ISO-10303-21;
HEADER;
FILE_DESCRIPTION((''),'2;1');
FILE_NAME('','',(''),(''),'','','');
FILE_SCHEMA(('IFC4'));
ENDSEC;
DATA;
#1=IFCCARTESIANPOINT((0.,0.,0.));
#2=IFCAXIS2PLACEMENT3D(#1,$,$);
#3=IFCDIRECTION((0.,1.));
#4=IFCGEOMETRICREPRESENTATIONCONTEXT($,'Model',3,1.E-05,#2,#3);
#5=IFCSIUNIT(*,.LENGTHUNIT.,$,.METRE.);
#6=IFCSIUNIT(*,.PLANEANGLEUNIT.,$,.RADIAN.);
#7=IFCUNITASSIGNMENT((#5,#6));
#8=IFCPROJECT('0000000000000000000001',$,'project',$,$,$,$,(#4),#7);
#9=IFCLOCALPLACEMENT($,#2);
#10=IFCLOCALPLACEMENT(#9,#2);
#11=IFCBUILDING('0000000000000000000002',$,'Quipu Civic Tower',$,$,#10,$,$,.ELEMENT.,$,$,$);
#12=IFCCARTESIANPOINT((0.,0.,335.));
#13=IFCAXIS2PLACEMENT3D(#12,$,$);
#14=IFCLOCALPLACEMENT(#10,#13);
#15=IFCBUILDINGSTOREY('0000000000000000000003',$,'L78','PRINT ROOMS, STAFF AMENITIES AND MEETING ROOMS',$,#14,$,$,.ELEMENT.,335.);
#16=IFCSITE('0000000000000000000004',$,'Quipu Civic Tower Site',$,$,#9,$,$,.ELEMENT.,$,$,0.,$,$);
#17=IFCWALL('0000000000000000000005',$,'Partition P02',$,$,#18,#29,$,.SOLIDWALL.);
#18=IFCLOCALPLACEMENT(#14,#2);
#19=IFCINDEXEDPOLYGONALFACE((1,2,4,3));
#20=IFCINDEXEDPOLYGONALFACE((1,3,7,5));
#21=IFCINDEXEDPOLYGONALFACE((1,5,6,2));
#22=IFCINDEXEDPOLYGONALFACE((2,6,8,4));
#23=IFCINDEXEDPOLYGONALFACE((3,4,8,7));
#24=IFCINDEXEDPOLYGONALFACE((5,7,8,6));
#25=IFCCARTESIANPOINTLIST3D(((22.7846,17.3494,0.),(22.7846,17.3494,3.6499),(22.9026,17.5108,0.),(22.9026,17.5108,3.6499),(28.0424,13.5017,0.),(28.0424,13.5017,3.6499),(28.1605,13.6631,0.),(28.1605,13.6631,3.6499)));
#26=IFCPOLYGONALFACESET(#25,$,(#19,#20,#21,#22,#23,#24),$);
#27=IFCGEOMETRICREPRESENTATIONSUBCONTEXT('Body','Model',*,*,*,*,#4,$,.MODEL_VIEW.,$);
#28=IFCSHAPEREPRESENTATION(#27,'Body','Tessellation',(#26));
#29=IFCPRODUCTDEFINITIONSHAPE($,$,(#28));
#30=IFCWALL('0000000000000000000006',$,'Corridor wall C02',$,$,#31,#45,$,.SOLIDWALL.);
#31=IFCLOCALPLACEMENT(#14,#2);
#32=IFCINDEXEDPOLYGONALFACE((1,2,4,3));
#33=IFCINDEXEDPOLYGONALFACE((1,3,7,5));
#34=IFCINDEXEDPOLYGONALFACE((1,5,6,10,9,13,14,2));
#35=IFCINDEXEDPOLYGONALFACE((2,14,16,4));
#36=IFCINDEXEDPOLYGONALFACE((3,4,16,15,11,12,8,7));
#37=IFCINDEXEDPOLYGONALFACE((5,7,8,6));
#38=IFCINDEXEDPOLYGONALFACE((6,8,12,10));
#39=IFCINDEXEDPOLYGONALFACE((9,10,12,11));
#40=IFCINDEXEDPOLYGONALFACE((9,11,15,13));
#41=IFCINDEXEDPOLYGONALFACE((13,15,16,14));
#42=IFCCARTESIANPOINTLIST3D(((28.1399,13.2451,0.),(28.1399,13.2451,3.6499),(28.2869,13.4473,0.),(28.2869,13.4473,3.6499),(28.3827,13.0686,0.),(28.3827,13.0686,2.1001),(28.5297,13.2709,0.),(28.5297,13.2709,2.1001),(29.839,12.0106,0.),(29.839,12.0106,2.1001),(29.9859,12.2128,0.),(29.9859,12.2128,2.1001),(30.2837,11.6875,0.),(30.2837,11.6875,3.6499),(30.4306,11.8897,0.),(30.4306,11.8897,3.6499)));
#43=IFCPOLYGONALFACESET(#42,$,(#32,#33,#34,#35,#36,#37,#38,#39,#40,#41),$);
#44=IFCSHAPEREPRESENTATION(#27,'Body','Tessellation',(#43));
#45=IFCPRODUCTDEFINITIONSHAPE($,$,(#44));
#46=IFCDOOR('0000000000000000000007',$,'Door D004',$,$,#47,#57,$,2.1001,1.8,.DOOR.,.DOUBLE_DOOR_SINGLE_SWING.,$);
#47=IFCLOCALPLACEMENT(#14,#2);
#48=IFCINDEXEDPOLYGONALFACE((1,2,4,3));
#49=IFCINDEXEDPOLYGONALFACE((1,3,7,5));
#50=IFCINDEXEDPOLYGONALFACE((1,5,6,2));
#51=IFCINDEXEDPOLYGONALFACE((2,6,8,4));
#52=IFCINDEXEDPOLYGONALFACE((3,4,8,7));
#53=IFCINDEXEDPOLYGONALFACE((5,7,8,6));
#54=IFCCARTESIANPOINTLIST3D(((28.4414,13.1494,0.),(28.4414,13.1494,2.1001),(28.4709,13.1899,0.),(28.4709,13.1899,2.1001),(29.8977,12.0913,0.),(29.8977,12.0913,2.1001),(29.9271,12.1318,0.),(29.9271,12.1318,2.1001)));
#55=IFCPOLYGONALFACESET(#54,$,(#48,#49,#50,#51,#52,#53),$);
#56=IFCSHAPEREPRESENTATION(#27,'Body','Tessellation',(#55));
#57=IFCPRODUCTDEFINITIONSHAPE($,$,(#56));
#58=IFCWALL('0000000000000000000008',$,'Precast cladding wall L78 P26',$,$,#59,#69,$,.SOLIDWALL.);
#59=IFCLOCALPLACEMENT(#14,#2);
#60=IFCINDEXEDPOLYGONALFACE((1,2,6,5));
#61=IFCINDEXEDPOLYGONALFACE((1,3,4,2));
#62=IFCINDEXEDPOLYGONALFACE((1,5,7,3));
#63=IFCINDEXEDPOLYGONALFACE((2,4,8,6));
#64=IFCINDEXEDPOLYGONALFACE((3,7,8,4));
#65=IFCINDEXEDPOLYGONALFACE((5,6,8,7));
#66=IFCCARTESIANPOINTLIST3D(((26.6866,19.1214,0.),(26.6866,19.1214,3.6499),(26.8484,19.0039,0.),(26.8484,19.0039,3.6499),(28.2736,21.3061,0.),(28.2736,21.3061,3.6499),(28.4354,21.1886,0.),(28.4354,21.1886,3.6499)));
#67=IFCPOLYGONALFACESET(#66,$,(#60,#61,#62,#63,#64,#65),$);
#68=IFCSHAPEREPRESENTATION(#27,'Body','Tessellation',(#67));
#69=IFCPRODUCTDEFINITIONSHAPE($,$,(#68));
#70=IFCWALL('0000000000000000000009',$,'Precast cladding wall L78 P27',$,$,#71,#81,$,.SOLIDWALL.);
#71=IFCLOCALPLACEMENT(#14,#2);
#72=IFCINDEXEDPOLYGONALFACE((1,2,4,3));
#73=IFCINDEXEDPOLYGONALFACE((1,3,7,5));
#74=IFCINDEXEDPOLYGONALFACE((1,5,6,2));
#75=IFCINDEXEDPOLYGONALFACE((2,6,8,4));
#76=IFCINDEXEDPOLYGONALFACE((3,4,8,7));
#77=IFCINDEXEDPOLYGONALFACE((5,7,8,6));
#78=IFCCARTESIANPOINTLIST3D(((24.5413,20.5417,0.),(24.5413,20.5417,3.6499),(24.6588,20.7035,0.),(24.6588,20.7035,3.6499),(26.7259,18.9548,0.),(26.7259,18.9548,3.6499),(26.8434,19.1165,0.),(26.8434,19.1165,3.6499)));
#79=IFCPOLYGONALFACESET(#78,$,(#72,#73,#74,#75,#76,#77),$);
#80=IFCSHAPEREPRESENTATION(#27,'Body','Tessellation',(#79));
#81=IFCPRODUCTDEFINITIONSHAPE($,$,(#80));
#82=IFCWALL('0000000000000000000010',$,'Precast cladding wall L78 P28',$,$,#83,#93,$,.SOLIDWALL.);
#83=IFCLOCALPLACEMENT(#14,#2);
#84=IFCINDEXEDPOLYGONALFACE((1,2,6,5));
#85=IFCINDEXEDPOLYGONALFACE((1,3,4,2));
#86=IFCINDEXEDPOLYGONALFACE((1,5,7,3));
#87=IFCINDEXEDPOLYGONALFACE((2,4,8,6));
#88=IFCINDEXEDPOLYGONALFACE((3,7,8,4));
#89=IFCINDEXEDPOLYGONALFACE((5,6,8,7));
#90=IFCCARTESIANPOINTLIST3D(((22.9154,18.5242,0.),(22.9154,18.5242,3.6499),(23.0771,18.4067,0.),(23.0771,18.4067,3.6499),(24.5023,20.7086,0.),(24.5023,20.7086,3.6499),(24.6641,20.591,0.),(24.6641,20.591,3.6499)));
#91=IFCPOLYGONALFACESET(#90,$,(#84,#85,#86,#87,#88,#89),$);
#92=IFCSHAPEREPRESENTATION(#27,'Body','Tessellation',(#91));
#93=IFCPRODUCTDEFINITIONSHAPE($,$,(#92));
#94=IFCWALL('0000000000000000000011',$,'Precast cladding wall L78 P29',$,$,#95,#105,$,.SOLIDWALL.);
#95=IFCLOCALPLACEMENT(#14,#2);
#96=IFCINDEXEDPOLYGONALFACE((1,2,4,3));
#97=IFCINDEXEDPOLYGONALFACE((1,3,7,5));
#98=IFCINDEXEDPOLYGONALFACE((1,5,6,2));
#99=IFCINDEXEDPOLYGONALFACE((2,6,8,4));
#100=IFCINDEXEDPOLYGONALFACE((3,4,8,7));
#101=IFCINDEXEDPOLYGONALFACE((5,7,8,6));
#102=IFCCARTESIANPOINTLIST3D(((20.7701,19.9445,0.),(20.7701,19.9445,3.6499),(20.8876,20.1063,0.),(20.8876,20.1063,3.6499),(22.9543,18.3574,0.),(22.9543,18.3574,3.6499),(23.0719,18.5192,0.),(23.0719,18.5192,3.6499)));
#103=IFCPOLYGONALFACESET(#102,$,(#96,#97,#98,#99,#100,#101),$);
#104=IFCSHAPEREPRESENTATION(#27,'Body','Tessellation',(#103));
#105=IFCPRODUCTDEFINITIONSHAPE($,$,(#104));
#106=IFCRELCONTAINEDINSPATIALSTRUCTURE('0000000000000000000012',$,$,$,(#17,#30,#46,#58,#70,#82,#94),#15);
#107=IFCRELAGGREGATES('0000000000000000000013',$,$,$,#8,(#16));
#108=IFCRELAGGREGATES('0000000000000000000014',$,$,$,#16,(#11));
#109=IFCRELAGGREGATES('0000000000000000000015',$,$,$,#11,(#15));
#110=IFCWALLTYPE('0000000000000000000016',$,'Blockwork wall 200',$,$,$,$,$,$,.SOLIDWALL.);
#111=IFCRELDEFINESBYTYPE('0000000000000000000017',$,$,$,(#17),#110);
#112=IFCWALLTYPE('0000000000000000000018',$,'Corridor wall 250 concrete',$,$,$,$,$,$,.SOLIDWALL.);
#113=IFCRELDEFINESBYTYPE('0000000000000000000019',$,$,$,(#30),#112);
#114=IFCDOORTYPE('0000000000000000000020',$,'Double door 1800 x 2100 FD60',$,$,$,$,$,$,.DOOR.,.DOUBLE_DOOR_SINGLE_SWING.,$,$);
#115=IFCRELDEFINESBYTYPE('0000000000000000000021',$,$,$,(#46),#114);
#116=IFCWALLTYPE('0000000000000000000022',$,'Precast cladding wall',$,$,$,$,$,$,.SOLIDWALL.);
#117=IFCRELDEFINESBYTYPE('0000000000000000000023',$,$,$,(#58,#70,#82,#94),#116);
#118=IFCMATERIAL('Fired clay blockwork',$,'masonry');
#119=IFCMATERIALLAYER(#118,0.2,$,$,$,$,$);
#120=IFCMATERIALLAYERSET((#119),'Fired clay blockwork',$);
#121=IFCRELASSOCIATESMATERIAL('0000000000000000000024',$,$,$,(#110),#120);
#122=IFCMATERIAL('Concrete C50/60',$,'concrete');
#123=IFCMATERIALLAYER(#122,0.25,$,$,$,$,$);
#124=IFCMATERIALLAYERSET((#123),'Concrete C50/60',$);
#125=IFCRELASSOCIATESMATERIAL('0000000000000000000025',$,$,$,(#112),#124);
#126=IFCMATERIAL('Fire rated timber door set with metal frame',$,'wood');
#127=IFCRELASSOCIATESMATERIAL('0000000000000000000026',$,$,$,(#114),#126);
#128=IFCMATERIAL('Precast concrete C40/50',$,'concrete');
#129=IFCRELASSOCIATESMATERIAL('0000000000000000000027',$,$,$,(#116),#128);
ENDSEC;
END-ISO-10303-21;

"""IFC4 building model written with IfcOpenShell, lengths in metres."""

from ifc_helpers import new_model, si_unit, direction, frame, frame_2d, origin, place, context, subcontext, project, spatial, rectangle, extrude, material, layer, layer_set, type_object, element, fill, save


model = new_model("IFC4")

# Units and contexts
model_context = context("Model", 3, precision=1e-05, world=origin(), true_north=direction((0.0, 1.0)))
body_context = subcontext(model_context, "Body", "Model", "MODEL_VIEW")
ifc_project = project(units=[si_unit("LENGTHUNIT", "METRE"), si_unit("PLANEANGLEUNIT", "RADIAN")], contexts=[model_context])

# Site, building, storey
site_placement = place(None, origin())
site = spatial("IfcSite", under=ifc_project, at=site_placement, Name="Quipu Civic Tower Site", CompositionType="ELEMENT", RefElevation=0.0)
building_placement = place(site_placement, origin())
building = spatial("IfcBuilding", under=site, at=building_placement, Name="Quipu Civic Tower", CompositionType="ELEMENT")
storey_placement = place(building_placement, frame((0.0, 0.0, 335.0)))
storey = spatial("IfcBuildingStorey", under=building, at=storey_placement, Name="L78", Description="PRINT ROOMS, STAFF AMENITIES AND MEETING ROOMS", CompositionType="ELEMENT", Elevation=335.0)

# Wall
ifc_material_1 = material(Name="Fired clay blockwork", Category="masonry")
ifc_layer_1 = layer(ifc_material_1, 0.2)
ifc_layer_set_1 = layer_set([ifc_layer_1], Name="Fired clay blockwork")
wall_type_1 = type_object("IfcWallType", Name="Blockwork wall 200", PredefinedType="SOLIDWALL", material=ifc_layer_set_1)
wall_1_placement = place(storey_placement, frame((22.8435, 17.4302, 0.0), z_axis=(0.0, 0.0, 1.0), x_axis=(0.806995, -0.590558, 0.0)))
element("IfcWall", 1, at=wall_1_placement, inside=storey, type_object=wall_type_1, Name="Partition P02", PredefinedType="SOLIDWALL", context=body_context, shape_type="SweptSolid", body=[
    extrude(rectangle(XDim=6.5154, YDim=0.2, at=frame_2d((3.2578, 0.0))), origin(), (0.0, 0.0, 1.0), 3.6499),
])

# Wall, opening, door
ifc_material_2 = material(Name="Concrete C50/60", Category="concrete")
ifc_layer_2 = layer(ifc_material_2, 0.25)
ifc_layer_set_2 = layer_set([ifc_layer_2], Name="Concrete C50/60")
wall_type_2 = type_object("IfcWallType", Name="Corridor wall 250 concrete", PredefinedType="SOLIDWALL", material=ifc_layer_set_2)
wall_2_placement = place(storey_placement, frame((28.2134, 13.3462, 0.0), z_axis=(0.0, 0.0, 1.0), x_axis=(0.809007, -0.587799, 0.0)))
wall_2 = element("IfcWall", 2, at=wall_2_placement, inside=storey, type_object=wall_type_2, Name="Corridor wall C02", PredefinedType="SOLIDWALL", context=body_context, shape_type="SweptSolid", body=[
    extrude(rectangle(XDim=2.6499, YDim=0.25, at=frame_2d((1.325, 0.0))), origin(), (0.0, 0.0, 1.0), 3.6499),
])
opening_placement = place(wall_2_placement, frame((0.3003, 0.0, 0.0)))
opening = element("IfcOpeningElement", 3, at=opening_placement, cuts=wall_2, PredefinedType="OPENING", context=body_context, shape_type="SweptSolid", body=[
    extrude(rectangle(XDim=1.8, YDim=2.1001, at=frame_2d((0.8999, 1.05))), frame((0.0, 0.135, 0.0), z_axis=(0.0, -1.0, 0.0), x_axis=(1.0, 0.0, 0.0)), (0.0, 0.0, 1.0), 0.27),
])
ifc_material_3 = material(Name="Fire rated timber door set with metal frame", Category="wood")
door_type = type_object("IfcDoorType", Name="Double door 1800 x 2100 FD60", OperationType="DOUBLE_DOOR_SINGLE_SWING", PredefinedType="DOOR", material=ifc_material_3)
door_placement = place(opening_placement, origin())
door = element("IfcDoor", 4, at=door_placement, inside=storey, type_object=door_type, Name="Door D004", OperationType="DOUBLE_DOOR_SINGLE_SWING", OverallHeight=2.1001, OverallWidth=1.8, PredefinedType="DOOR", context=body_context, shape_type="SweptSolid", body=[
    extrude(rectangle(XDim=1.8, YDim=2.1001, at=frame_2d((0.8999, 1.05))), frame((0.0, 0.0249, 0.0), z_axis=(0.0, -1.0, 0.0), x_axis=(1.0, 0.0, 0.0)), (0.0, 0.0, 1.0), 0.05),
])
fill(opening, door)

# Walls
ifc_material_4 = material(Name="Precast concrete C40/50", Category="concrete")
wall_type_3 = type_object("IfcWallType", Name="Precast cladding wall", PredefinedType="SOLIDWALL", material=ifc_material_4)
for number, where, z_axis, x_axis, name in (
    (5, (28.3545, 21.2473, 0.0), (0.0, 0.0, 1.0), (-0.58772, -0.809064, 0.0), "Precast cladding wall L78 P26"),
    (6, (26.7847, 19.0356, 0.0), (0.0, 0.0, 1.0), (-0.809064, 0.58772, 0.0), "Precast cladding wall L78 P27"),
):
    element("IfcWall", number, at=place(storey_placement, frame(where, z_axis=z_axis, x_axis=x_axis)), inside=storey, type_object=wall_type_3, Name=name, PredefinedType="SOLIDWALL", context=body_context, shape_type="SweptSolid", body=[
        extrude(rectangle(XDim=2.7002, YDim=0.2, at=frame_2d((1.3501, 0.0))), origin(), (0.0, 0.0, 1.0), 3.6499),
    ])
for number, where, z_axis, x_axis, name in (
    (7, (24.5833, 20.6499, 0.0), (0.0, 0.0, 1.0), (-0.587763, -0.809033, 0.0), "Precast cladding wall L78 P28"),
    (8, (23.0132, 18.4382, 0.0), (0.0, 0.0, 1.0), (-0.80899, 0.587822, 0.0), "Precast cladding wall L78 P29"),
):
    element("IfcWall", number, at=place(storey_placement, frame(where, z_axis=z_axis, x_axis=x_axis)), inside=storey, type_object=wall_type_3, Name=name, PredefinedType="SOLIDWALL", context=body_context, shape_type="SweptSolid", body=[
        extrude(rectangle(XDim=2.7, YDim=0.2, at=frame_2d((1.3501, 0.0))), origin(), (0.0, 0.0, 1.0), 3.6499),
    ])

save(model, "model.ifc")
